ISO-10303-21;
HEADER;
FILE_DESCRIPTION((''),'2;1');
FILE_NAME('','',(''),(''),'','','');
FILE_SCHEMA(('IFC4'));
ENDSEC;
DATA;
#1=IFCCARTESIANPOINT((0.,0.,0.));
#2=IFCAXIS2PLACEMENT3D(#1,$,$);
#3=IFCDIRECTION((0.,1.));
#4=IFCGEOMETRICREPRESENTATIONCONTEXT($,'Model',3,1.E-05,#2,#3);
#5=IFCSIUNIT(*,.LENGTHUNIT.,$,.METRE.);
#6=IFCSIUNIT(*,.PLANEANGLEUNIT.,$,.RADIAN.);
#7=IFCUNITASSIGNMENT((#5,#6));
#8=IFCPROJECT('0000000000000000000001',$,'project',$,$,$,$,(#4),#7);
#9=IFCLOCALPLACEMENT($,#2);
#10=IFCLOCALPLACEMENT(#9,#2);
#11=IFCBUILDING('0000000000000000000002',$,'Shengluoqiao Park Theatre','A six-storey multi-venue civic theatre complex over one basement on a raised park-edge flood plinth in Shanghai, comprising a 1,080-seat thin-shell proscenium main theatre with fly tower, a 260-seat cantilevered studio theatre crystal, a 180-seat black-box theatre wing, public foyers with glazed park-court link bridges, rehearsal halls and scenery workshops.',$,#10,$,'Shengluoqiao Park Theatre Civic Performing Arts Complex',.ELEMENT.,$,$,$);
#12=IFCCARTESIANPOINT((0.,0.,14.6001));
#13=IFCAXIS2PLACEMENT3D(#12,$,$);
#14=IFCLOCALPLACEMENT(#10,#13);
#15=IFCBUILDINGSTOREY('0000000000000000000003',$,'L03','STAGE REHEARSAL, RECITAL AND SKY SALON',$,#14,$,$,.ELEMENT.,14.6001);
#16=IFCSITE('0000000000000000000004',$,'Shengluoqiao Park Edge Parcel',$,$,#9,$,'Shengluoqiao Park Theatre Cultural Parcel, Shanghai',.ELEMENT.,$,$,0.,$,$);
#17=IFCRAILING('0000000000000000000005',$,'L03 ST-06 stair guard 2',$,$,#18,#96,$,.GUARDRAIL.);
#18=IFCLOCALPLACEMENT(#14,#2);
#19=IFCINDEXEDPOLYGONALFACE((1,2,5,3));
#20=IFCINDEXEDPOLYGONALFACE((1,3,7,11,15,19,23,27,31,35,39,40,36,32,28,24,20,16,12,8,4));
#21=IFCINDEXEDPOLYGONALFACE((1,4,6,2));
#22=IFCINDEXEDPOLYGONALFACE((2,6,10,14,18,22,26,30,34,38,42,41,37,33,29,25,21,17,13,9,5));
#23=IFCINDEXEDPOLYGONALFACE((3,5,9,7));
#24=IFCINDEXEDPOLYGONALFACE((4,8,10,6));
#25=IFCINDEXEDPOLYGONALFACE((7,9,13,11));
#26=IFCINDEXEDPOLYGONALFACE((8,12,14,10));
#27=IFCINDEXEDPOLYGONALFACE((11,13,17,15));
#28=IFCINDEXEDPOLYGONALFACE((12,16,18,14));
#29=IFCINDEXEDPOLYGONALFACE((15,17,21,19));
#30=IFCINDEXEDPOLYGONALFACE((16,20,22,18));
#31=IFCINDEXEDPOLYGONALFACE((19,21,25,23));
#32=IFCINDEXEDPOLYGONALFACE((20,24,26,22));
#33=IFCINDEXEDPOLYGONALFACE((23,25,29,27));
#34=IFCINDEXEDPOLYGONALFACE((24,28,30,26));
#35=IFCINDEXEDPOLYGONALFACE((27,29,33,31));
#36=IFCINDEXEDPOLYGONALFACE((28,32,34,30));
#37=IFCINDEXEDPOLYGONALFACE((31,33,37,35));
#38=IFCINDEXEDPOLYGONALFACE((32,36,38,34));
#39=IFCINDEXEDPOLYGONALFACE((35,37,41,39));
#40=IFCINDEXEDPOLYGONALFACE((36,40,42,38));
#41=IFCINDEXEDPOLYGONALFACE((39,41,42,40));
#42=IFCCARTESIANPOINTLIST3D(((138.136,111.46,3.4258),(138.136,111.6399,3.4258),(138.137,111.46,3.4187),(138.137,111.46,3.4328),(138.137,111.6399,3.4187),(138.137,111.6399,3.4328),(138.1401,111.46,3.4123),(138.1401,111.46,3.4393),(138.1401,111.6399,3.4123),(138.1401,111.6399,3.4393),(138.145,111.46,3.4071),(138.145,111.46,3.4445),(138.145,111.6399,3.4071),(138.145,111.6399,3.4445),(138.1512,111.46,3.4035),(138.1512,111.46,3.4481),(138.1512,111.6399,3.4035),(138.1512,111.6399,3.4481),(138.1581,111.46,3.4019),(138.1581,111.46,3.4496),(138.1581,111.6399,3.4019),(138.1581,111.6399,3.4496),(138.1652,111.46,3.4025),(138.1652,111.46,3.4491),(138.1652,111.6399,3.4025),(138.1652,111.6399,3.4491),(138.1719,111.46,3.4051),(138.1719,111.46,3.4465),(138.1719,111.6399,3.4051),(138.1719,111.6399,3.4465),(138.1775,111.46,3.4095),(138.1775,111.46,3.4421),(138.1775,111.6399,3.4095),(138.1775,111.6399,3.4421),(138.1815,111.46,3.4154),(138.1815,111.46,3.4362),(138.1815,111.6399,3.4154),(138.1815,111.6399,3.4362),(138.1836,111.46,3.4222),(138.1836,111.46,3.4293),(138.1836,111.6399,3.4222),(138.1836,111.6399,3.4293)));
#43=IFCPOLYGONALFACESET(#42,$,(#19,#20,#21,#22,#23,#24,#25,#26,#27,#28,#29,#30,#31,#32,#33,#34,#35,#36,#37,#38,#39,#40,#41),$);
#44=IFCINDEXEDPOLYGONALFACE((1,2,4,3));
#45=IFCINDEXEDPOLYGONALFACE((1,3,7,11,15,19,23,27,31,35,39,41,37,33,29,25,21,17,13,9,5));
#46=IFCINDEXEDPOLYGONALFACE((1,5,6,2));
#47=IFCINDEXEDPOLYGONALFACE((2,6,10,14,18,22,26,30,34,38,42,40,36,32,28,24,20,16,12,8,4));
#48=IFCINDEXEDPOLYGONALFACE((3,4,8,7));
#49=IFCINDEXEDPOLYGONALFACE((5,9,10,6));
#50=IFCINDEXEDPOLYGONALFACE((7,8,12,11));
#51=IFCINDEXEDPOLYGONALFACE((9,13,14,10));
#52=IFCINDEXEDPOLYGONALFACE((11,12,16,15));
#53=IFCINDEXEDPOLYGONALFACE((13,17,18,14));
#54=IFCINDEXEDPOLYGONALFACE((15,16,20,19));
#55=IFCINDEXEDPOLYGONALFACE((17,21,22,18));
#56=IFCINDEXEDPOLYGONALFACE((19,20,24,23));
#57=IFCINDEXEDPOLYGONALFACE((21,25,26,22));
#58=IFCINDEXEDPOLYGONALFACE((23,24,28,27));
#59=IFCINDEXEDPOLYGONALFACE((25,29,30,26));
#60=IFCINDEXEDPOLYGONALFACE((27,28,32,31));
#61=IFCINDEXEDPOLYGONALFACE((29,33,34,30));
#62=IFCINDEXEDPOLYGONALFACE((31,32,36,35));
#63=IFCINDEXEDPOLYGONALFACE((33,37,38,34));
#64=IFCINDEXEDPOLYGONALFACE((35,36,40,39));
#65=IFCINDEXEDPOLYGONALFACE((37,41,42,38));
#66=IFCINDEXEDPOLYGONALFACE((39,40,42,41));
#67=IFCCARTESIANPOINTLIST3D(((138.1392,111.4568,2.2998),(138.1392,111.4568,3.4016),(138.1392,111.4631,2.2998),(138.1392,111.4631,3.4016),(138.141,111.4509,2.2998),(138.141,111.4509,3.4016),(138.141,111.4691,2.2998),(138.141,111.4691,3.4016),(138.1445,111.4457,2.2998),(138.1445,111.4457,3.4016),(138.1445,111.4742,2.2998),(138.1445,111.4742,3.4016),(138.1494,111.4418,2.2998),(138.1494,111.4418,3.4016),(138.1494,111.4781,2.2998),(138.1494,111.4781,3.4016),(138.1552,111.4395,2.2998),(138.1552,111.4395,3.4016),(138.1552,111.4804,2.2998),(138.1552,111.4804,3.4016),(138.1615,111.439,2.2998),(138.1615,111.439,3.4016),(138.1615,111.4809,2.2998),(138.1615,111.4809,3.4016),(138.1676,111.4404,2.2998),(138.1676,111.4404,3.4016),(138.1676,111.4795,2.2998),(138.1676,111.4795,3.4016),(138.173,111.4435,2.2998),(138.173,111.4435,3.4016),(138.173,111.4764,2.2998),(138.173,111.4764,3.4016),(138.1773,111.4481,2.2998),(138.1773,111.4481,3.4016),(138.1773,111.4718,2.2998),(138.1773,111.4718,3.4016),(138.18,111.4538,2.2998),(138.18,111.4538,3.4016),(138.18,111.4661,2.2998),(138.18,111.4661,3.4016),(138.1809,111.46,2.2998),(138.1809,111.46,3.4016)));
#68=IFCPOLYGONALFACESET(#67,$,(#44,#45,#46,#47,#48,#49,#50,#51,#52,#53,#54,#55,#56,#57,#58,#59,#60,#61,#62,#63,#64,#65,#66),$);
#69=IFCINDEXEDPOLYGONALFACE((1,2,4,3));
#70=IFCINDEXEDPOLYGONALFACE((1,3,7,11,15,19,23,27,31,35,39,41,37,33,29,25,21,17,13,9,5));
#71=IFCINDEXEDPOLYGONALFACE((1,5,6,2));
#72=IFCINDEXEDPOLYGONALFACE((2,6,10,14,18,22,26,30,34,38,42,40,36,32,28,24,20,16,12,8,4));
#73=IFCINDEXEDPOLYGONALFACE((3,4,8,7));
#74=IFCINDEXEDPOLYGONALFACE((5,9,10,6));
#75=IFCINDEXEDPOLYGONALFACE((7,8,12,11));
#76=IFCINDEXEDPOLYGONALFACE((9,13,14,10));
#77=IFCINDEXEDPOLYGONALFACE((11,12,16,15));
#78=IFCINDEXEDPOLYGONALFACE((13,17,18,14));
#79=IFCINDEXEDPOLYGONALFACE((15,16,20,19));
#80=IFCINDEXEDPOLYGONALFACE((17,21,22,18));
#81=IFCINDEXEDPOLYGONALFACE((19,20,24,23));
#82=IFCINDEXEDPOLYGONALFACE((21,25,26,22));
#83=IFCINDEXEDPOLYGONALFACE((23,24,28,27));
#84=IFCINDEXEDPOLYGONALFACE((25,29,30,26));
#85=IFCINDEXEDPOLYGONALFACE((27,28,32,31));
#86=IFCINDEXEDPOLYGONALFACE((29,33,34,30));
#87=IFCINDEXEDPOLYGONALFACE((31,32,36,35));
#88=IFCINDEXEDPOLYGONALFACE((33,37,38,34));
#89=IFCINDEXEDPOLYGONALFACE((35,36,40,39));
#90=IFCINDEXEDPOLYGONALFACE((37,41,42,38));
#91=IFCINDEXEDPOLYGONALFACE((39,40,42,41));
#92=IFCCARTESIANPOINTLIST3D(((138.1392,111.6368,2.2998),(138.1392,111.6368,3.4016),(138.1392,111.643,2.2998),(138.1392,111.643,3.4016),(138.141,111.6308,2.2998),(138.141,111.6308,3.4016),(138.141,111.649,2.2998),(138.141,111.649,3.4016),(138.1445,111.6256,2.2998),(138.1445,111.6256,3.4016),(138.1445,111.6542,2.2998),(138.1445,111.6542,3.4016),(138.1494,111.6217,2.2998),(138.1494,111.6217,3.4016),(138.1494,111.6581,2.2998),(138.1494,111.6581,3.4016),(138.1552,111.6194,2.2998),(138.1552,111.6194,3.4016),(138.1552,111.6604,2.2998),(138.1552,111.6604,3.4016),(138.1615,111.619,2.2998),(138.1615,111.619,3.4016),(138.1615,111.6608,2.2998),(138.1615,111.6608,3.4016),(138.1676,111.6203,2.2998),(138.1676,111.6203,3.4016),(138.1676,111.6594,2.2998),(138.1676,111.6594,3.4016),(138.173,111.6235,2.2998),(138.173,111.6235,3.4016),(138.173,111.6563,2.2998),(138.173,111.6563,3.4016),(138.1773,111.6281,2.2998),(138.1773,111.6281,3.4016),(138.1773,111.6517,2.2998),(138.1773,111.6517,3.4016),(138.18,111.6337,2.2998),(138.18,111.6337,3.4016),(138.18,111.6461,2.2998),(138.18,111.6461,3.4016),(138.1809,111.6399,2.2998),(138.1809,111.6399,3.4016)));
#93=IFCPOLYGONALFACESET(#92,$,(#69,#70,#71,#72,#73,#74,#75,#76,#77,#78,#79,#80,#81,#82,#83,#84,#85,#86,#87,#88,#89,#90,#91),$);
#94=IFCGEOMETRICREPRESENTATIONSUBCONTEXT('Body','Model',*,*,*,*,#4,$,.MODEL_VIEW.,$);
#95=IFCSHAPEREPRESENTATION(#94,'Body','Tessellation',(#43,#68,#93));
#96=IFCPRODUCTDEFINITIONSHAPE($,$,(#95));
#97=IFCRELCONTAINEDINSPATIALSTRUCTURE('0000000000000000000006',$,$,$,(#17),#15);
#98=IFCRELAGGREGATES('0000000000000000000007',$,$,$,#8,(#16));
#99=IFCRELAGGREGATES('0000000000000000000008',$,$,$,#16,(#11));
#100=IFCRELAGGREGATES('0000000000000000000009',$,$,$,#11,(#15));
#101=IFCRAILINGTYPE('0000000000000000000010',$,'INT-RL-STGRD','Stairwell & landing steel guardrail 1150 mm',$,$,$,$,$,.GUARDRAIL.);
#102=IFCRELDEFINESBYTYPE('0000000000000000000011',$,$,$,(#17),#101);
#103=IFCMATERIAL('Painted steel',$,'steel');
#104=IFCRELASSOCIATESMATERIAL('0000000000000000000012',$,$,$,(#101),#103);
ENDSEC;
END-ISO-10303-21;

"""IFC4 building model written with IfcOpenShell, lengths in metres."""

from ifc_helpers import new_model, si_unit, direction, frame, origin, origin_2d, place, context, subcontext, project, spatial, circle, extrude, material, type_object, element, save


model = new_model("IFC4")

# Units and contexts
model_context = context("Model", 3, precision=1e-05, world=origin(), true_north=direction((0.0, 1.0)))
body_context = subcontext(model_context, "Body", "Model", "MODEL_VIEW")
ifc_project = project(units=[si_unit("LENGTHUNIT", "METRE"), si_unit("PLANEANGLEUNIT", "RADIAN")], contexts=[model_context])

# Site, building, storey
site_placement = place(None, origin())
site = spatial("IfcSite", under=ifc_project, at=site_placement, Name="Shengluoqiao Park Edge Parcel", LongName="Shengluoqiao Park Theatre Cultural Parcel, Shanghai", CompositionType="ELEMENT", RefElevation=0.0)
building_placement = place(site_placement, origin())
building = spatial("IfcBuilding", under=site, at=building_placement, Name="Shengluoqiao Park Theatre", Description="A six-storey multi-venue civic theatre complex over one basement on a raised park-edge flood plinth in Shanghai, comprising a 1,080-seat thin-shell proscenium main theatre with fly tower, a 260-seat cantilevered studio theatre crystal, a 180-seat black-box theatre wing, public foyers with glazed park-court link bridges, rehearsal halls and scenery workshops.", LongName="Shengluoqiao Park Theatre Civic Performing Arts Complex", CompositionType="ELEMENT")
storey_placement = place(building_placement, frame((0.0, 0.0, 14.6001)))
storey = spatial("IfcBuildingStorey", under=building, at=storey_placement, Name="L03", Description="STAGE REHEARSAL, RECITAL AND SKY SALON", CompositionType="ELEMENT", Elevation=14.6001)

# Railing
ifc_material_1 = material(Name="Painted steel", Category="steel")
railing_type_1 = type_object("IfcRailingType", Name="INT-RL-STGRD", Description="Stairwell & landing steel guardrail 1150 mm", PredefinedType="GUARDRAIL", material=ifc_material_1)
railing_1_placement = place(storey_placement, frame((138.1599, 111.46, 2.2998)))
element("IfcRailing", 1, at=railing_1_placement, inside=storey, type_object=railing_type_1, Name="L03 ST-06 stair guard 2", PredefinedType="GUARDRAIL", context=body_context, shape_type="SweptSolid", body=[
    extrude(circle(Radius=0.0239, at=origin_2d()), frame((0.0, 0.0, 1.126), z_axis=(0.0, 1.0, 0.0), x_axis=(-1.0, 0.0, 0.0)), (0.0, 0.0, 1.0), 0.1799),
    extrude(circle(Radius=0.021, at=origin_2d()), origin(), (0.0, 0.0, 1.0), 1.1018),
    extrude(circle(Radius=0.021, at=origin_2d()), frame((0.0, 0.1799, 0.0)), (0.0, 0.0, 1.0), 1.1018),
])

save(model, "model.ifc")
